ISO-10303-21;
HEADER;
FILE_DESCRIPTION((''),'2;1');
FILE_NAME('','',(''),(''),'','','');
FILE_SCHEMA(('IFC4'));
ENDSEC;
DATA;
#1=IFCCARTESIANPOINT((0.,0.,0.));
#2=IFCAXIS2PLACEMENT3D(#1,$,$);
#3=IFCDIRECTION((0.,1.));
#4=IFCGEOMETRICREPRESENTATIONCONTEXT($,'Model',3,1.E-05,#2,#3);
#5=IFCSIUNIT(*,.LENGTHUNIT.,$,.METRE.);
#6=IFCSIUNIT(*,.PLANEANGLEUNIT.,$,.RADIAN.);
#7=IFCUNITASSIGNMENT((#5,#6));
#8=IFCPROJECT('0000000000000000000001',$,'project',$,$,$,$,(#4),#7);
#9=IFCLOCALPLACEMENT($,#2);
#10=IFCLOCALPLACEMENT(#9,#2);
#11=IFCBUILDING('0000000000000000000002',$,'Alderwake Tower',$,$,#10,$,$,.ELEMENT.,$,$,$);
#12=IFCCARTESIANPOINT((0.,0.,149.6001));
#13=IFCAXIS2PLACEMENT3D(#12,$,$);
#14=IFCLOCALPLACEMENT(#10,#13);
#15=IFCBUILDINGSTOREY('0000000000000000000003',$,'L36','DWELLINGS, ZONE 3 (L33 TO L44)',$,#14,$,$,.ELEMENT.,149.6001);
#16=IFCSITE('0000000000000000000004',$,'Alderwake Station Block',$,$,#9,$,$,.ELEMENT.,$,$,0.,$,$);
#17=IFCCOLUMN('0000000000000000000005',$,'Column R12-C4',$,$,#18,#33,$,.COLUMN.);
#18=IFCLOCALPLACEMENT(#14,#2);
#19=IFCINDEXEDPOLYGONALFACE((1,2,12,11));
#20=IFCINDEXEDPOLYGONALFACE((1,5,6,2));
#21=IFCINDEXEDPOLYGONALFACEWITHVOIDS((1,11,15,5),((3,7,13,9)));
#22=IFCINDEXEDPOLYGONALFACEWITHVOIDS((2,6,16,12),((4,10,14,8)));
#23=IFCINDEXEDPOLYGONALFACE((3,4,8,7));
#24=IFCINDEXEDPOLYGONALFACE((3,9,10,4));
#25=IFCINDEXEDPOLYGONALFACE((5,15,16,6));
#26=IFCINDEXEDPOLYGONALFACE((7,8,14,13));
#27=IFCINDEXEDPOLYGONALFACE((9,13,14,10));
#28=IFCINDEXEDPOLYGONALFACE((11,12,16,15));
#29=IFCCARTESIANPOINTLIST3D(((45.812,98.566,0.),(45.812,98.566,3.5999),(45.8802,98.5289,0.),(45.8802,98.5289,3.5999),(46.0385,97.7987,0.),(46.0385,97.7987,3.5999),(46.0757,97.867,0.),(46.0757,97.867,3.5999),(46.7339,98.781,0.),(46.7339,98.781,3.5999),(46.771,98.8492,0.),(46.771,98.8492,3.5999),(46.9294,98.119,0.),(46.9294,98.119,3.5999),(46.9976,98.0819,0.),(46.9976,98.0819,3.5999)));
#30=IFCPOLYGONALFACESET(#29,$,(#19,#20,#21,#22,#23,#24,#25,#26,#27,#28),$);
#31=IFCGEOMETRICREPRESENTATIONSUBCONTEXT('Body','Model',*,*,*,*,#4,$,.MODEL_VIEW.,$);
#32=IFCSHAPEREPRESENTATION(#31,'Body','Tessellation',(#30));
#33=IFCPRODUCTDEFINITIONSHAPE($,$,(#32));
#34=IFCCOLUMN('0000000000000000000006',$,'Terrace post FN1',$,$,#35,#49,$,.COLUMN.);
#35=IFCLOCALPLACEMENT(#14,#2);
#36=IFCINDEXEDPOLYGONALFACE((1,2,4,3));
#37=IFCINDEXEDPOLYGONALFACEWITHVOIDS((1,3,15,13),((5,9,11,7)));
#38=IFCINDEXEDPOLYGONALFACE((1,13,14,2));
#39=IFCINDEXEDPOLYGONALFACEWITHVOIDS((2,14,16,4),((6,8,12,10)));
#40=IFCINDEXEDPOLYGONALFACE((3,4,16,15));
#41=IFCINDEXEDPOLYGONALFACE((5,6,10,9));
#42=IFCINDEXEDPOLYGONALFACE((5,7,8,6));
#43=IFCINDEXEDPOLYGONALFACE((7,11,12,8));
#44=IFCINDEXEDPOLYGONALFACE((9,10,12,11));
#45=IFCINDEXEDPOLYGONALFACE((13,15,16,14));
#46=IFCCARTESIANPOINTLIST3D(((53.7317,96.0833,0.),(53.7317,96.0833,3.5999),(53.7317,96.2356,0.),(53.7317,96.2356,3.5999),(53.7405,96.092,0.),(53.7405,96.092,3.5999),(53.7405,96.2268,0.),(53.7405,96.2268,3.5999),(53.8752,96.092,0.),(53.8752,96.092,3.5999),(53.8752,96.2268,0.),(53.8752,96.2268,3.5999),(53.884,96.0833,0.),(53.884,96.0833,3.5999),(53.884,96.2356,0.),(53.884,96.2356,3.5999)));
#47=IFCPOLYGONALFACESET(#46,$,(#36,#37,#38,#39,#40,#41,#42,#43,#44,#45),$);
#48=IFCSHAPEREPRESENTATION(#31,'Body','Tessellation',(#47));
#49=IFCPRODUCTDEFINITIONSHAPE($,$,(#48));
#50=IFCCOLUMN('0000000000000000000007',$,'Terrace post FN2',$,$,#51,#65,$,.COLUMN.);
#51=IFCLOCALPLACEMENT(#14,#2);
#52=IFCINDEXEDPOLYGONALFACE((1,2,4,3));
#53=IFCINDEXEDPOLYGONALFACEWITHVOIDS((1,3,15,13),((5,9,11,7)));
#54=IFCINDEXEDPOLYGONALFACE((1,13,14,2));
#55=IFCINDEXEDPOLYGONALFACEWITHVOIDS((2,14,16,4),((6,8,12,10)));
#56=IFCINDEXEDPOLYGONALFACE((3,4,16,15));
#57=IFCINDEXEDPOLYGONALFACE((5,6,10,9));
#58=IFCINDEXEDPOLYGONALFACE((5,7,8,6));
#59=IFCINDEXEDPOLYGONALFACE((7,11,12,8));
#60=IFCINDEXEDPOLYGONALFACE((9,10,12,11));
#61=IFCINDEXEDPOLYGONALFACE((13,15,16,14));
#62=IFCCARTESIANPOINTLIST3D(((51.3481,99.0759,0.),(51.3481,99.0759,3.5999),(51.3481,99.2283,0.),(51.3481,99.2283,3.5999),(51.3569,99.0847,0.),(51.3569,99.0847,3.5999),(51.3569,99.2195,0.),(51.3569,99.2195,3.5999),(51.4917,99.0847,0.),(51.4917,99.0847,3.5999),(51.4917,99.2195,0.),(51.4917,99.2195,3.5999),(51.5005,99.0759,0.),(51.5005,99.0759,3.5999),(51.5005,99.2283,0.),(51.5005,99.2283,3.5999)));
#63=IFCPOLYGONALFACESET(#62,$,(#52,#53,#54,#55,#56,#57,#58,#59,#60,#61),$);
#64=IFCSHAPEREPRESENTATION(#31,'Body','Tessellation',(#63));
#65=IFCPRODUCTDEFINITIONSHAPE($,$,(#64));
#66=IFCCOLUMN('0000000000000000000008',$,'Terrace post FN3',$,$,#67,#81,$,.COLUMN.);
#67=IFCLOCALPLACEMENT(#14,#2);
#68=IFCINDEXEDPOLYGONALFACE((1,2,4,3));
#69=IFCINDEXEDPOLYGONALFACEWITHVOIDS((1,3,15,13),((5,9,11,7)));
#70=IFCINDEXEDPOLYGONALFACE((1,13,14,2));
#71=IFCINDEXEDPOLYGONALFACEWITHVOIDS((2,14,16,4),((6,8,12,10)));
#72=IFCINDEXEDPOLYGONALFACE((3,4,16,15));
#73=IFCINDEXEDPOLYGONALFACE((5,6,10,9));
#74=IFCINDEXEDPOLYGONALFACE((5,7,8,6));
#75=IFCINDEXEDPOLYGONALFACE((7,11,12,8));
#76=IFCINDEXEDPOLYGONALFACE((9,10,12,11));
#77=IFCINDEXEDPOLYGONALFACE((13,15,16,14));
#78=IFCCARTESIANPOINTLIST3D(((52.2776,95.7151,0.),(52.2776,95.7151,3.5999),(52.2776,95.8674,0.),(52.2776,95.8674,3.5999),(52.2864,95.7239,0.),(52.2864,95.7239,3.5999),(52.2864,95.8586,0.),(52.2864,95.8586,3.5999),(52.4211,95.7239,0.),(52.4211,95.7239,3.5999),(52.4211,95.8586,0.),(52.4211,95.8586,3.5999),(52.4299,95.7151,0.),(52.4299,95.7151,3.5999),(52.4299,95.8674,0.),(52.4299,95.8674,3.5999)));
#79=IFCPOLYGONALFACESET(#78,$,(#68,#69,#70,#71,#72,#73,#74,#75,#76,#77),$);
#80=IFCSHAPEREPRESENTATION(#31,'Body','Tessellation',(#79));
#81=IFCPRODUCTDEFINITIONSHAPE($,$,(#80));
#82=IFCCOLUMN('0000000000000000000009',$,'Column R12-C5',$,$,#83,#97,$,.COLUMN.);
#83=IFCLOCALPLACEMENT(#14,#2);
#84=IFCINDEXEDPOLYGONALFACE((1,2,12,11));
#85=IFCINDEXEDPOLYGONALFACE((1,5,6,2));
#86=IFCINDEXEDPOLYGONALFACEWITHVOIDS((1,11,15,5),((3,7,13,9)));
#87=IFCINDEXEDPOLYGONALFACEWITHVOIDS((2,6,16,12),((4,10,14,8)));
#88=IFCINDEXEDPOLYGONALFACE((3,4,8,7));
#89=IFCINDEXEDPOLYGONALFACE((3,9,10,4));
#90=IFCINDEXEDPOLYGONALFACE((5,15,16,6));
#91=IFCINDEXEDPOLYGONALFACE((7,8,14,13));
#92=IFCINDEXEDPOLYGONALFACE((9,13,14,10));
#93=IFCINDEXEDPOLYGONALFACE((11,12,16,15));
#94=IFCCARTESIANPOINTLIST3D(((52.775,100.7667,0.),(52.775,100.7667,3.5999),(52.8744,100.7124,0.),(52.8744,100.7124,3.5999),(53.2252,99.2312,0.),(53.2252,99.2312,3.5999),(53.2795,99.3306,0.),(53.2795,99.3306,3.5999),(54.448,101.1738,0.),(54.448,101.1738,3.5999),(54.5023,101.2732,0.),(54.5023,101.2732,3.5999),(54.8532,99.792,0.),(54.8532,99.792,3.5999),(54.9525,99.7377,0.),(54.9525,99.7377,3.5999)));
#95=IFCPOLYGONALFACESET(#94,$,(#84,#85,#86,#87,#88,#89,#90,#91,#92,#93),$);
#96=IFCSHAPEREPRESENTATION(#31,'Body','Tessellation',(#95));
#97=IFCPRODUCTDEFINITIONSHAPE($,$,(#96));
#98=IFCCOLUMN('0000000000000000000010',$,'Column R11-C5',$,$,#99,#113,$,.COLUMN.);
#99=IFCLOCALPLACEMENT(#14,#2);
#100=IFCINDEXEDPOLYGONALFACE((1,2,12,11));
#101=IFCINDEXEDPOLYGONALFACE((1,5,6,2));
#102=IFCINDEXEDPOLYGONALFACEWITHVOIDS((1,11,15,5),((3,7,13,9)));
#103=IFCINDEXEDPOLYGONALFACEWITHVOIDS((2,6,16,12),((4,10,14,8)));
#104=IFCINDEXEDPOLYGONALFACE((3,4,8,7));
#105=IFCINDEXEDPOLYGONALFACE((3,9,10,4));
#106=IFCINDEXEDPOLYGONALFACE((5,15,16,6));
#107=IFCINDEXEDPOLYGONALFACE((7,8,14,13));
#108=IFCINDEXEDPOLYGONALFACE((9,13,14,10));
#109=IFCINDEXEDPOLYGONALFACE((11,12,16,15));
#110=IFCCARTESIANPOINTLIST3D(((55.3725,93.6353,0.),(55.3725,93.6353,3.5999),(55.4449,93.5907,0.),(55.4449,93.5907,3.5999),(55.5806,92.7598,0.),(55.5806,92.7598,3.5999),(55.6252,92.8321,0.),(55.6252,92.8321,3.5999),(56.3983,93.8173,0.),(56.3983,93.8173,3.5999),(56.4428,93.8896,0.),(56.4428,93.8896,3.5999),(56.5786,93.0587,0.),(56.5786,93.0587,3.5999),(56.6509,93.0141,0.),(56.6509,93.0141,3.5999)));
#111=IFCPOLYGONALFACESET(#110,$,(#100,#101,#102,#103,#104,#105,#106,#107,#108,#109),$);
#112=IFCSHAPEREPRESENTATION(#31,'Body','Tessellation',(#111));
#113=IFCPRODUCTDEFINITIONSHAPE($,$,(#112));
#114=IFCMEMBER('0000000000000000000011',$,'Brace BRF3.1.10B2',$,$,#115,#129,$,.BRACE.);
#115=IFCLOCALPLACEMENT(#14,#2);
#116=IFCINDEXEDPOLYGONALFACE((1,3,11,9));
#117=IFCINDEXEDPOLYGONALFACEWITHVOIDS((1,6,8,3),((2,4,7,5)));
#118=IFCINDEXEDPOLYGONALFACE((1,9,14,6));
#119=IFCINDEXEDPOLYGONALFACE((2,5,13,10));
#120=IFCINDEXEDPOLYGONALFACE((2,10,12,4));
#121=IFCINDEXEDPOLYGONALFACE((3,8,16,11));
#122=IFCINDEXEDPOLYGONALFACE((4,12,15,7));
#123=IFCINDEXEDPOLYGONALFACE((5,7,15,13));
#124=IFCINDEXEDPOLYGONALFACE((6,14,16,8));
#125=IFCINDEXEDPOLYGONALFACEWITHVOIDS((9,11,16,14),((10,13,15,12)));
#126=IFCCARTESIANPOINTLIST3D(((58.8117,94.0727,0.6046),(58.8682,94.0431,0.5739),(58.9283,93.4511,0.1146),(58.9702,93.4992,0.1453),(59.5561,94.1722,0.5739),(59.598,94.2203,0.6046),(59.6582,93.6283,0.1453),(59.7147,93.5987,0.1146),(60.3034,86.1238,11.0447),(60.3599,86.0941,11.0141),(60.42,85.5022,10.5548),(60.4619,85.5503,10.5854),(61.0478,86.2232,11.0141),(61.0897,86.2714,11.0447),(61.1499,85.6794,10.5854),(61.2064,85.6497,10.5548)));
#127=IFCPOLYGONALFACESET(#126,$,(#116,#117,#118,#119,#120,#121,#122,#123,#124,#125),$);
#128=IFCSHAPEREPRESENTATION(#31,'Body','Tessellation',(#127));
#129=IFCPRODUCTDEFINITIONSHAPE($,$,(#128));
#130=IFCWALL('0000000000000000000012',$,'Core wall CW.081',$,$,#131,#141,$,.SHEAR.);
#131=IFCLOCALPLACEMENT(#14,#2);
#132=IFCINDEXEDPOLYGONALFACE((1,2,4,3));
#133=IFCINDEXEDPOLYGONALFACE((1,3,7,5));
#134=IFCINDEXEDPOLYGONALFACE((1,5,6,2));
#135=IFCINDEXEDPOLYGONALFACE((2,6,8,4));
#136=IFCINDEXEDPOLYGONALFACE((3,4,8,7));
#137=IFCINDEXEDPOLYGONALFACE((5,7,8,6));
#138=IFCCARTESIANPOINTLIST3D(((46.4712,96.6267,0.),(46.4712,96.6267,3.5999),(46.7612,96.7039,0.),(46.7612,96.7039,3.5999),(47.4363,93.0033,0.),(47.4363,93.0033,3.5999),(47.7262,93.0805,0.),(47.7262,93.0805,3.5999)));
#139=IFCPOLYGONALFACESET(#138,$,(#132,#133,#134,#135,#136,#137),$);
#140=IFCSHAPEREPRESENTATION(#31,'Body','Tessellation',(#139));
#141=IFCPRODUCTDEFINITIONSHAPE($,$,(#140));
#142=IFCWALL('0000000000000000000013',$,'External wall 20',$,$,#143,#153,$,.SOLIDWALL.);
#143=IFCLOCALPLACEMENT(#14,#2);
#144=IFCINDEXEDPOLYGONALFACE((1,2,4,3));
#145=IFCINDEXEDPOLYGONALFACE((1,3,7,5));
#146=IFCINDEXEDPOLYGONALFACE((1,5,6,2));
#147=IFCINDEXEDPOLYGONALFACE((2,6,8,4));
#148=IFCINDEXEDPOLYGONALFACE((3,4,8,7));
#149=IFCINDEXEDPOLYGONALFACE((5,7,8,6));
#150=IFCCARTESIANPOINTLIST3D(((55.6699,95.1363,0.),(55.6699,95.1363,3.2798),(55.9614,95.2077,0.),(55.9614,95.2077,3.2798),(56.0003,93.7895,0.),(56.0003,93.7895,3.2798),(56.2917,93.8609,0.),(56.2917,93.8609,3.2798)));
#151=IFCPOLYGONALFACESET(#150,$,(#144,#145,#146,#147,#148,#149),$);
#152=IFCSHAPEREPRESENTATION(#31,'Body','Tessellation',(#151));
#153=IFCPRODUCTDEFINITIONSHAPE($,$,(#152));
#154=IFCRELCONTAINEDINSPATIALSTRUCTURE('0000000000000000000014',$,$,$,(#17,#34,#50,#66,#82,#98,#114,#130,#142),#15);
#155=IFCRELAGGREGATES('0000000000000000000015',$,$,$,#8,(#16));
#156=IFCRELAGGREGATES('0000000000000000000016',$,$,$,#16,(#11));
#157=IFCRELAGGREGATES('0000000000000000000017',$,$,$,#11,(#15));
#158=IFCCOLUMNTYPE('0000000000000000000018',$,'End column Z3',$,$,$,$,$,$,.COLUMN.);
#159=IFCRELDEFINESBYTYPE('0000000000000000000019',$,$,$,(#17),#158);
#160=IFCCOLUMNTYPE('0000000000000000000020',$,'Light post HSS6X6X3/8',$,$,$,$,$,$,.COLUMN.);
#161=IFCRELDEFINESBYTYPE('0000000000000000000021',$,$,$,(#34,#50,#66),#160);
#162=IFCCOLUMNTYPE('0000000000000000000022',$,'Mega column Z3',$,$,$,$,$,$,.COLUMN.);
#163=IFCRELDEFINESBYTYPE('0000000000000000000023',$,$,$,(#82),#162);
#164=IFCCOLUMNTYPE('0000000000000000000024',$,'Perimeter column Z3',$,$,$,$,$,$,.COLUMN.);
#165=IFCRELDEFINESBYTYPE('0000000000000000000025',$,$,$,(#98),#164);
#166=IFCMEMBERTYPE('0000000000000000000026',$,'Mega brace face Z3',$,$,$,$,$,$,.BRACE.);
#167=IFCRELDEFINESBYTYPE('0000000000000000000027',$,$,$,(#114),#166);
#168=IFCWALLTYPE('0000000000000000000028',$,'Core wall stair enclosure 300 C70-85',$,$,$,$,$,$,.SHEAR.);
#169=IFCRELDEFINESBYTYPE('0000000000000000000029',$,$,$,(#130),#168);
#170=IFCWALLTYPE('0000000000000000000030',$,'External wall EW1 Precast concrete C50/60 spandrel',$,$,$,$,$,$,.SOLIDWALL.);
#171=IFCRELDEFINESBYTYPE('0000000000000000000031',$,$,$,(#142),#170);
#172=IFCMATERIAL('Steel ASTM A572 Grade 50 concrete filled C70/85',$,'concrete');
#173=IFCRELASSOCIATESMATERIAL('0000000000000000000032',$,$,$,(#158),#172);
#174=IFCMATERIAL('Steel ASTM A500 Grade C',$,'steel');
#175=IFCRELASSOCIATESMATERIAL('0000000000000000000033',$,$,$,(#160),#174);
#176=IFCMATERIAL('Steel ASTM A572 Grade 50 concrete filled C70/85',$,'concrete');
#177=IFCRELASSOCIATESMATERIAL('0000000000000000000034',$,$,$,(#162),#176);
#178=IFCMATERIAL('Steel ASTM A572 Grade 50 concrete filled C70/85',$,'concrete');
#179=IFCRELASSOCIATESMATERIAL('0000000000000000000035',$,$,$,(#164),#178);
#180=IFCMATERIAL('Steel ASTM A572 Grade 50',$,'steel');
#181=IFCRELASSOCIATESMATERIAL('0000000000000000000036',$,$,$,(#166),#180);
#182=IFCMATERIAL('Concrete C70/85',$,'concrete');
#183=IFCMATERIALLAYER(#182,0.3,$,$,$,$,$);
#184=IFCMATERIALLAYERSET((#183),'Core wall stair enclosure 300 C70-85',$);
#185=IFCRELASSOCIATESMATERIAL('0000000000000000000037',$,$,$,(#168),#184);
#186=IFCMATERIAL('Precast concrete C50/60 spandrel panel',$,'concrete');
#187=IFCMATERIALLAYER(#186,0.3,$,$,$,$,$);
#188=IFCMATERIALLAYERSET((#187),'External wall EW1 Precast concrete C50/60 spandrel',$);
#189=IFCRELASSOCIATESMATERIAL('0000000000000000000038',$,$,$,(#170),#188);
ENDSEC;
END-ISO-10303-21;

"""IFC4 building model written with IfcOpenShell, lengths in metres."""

from ifc_helpers import new_model, si_unit, direction, frame, frame_2d, origin, origin_2d, place, context, subcontext, project, spatial, rectangle, hollow_rectangle, extrude, material, layer, layer_set, material_profile, profile_set, type_object, element, save


model = new_model("IFC4")

# Units and contexts
model_context = context("Model", 3, precision=1e-05, world=origin(), true_north=direction((0.0, 1.0)))
body_context = subcontext(model_context, "Body", "Model", "MODEL_VIEW")
ifc_project = project(units=[si_unit("LENGTHUNIT", "METRE"), si_unit("PLANEANGLEUNIT", "RADIAN")], contexts=[model_context])

# Site, building, storey
site_placement = place(None, origin())
site = spatial("IfcSite", under=ifc_project, at=site_placement, Name="Alderwake Station Block", CompositionType="ELEMENT", RefElevation=0.0)
building_placement = place(site_placement, origin())
building = spatial("IfcBuilding", under=site, at=building_placement, Name="Alderwake Tower", CompositionType="ELEMENT")
storey_placement = place(building_placement, frame((0.0, 0.0, 149.6001)))
storey = spatial("IfcBuildingStorey", under=building, at=storey_placement, Name="L36", Description="DWELLINGS, ZONE 3 (L33 TO L44)", CompositionType="ELEMENT", Elevation=149.6001)

# Columns
ifc_material_1 = material(Name="Steel ASTM A572 Grade 50 concrete filled C70/85", Category="concrete")
ifc_material_profile_1 = material_profile(ifc_material_1, hollow_rectangle(XDim=0.8, YDim=1.0, WallThickness=0.0549, at=origin_2d()), Name="BOX 1000X800X55")
ifc_profile_set_1 = profile_set([ifc_material_profile_1], Name="Steel ASTM A572 Grade 50 concrete filled C70/85")
column_type_1 = type_object("IfcColumnType", Name="End column Z3", PredefinedType="COLUMN", material=ifc_profile_set_1)
column_1_placement = place(storey_placement, frame((46.4048, 98.324, 0.0), z_axis=(0.0, 0.0, 1.0), x_axis=(-0.283185, 0.959065, 0.0)))
element("IfcColumn", 1, at=column_1_placement, inside=storey, type_object=column_type_1, Name="Column R12-C4", PredefinedType="COLUMN", context=body_context, shape_type="SweptSolid", body=[
    extrude(hollow_rectangle(XDim=0.8, YDim=1.0, WallThickness=0.0549, at=origin_2d()), origin(), (0.0, 0.0, 1.0), 3.5999),
])
ifc_material_2 = material(Name="Steel ASTM A500 Grade C", Category="steel")
ifc_material_profile_2 = material_profile(ifc_material_2, hollow_rectangle(XDim=0.1523, YDim=0.1523, WallThickness=0.0088, at=origin_2d()), Name="HSS6X6X3/8")
ifc_profile_set_2 = profile_set([ifc_material_profile_2], Name="Steel ASTM A500 Grade C")
column_type_2 = type_object("IfcColumnType", Name="Light post HSS6X6X3/8", PredefinedType="COLUMN", material=ifc_profile_set_2)
for number, where, z_axis, x_axis, name in (
    (2, (53.8079, 96.1594, 0.0), (0.0, 0.0, 1.0), (1.0, 0.0, 0.0), "Terrace post FN1"),
    (3, (51.4243, 99.1521, 0.0), (0.0, 0.0, 1.0), (1.0, 0.0, 0.0), "Terrace post FN2"),
    (4, (52.3538, 95.7913, 0.0), (0.0, 0.0, 1.0), (1.0, 0.0, 0.0), "Terrace post FN3"),
):
    element("IfcColumn", number, at=place(storey_placement, frame(where, z_axis=z_axis, x_axis=x_axis)), inside=storey, type_object=column_type_2, Name=name, PredefinedType="COLUMN", context=body_context, shape_type="SweptSolid", body=[
        extrude(hollow_rectangle(XDim=0.1523, YDim=0.1523, WallThickness=0.0088, at=origin_2d()), origin(), (0.0, 0.0, 1.0), 3.5999),
    ])
ifc_material_3 = material(Name="Steel ASTM A572 Grade 50 concrete filled C70/85", Category="concrete")
ifc_material_profile_3 = material_profile(ifc_material_3, hollow_rectangle(XDim=1.6001, YDim=1.8, WallThickness=0.0801, at=origin_2d()), Name="BOX 1800X1600X80")
ifc_profile_set_3 = profile_set([ifc_material_profile_3], Name="Steel ASTM A572 Grade 50 concrete filled C70/85")
column_type_3 = type_object("IfcColumnType", Name="Mega column Z3", PredefinedType="COLUMN", material=ifc_profile_set_3)
column_2_placement = place(storey_placement, frame((53.8638, 100.2522, 0.0), z_axis=(0.0, 0.0, 1.0), x_axis=(-0.281377, 0.959597, 0.0)))
element("IfcColumn", 5, at=column_2_placement, inside=storey, type_object=column_type_3, Name="Column R12-C5", PredefinedType="COLUMN", context=body_context, shape_type="SweptSolid", body=[
    extrude(hollow_rectangle(XDim=1.6001, YDim=1.8, WallThickness=0.0801, at=origin_2d()), origin(), (0.0, 0.0, 1.0), 3.5999),
])
ifc_material_4 = material(Name="Steel ASTM A572 Grade 50 concrete filled C70/85", Category="concrete")
ifc_material_profile_4 = material_profile(ifc_material_4, hollow_rectangle(XDim=0.8999, YDim=1.1001, WallThickness=0.0601, at=origin_2d()), Name="BOX 1100X900X60")
ifc_profile_set_4 = profile_set([ifc_material_profile_4], Name="Steel ASTM A572 Grade 50 concrete filled C70/85")
column_type_4 = type_object("IfcColumnType", Name="Perimeter column Z3", PredefinedType="COLUMN", material=ifc_profile_set_4)
column_3_placement = place(storey_placement, frame((56.0117, 93.3247, 0.0), z_axis=(0.0, 0.0, 1.0), x_axis=(-0.231222, 0.972901, 0.0)))
element("IfcColumn", 6, at=column_3_placement, inside=storey, type_object=column_type_4, Name="Column R11-C5", PredefinedType="COLUMN", context=body_context, shape_type="SweptSolid", body=[
    extrude(hollow_rectangle(XDim=0.8999, YDim=1.1001, WallThickness=0.0601, at=origin_2d()), origin(), (0.0, 0.0, 1.0), 3.5999),
])

# Member
ifc_material_5 = material(Name="Steel ASTM A572 Grade 50", Category="steel")
ifc_material_profile_5 = material_profile(ifc_material_5, hollow_rectangle(XDim=0.8, YDim=0.8, WallThickness=0.05, at=origin_2d()), Name="BOX 800X800X50")
ifc_profile_set_5 = profile_set([ifc_material_profile_5], Name="Steel ASTM A572 Grade 50")
member_type = type_object("IfcMemberType", Name="Mega brace face Z3", PredefinedType="BRACE", material=ifc_profile_set_5)
member_placement = place(storey_placement, frame((59.2632, 93.8357, 0.3596), z_axis=(0.112953, -0.601903, 0.79054), x_axis=(0.982844, 0.18444, 0.0)))
element("IfcMember", 7, at=member_placement, inside=storey, type_object=member_type, Name="Brace BRF3.1.10B2", PredefinedType="BRACE", context=body_context, shape_type="SweptSolid", body=[
    extrude(hollow_rectangle(XDim=0.8, YDim=0.8, WallThickness=0.05, at=origin_2d()), origin(), (0.0, 0.0, 1.0), 13.2063),
])

# Walls
ifc_material_6 = material(Name="Concrete C70/85", Category="concrete")
ifc_layer_1 = layer(ifc_material_6, 0.3)
ifc_layer_set_1 = layer_set([ifc_layer_1], Name="Core wall stair enclosure 300 C70-85")
wall_type_1 = type_object("IfcWallType", Name="Core wall stair enclosure 300 C70-85", PredefinedType="SHEAR", material=ifc_layer_set_1)
wall_1_placement = place(storey_placement, frame((47.5813, 93.0417, 0.0), z_axis=(0.0, 0.0, 1.0), x_axis=(-0.257367, 0.966314, 0.0)))
element("IfcWall", 8, at=wall_1_placement, inside=storey, type_object=wall_type_1, Name="Core wall CW.081", PredefinedType="SHEAR", context=body_context, shape_type="SweptSolid", body=[
    extrude(rectangle(XDim=3.7498, YDim=0.3, at=frame_2d((1.875, 0.0))), origin(), (0.0, 0.0, 1.0), 3.5999),
])
ifc_material_7 = material(Name="Precast concrete C50/60 spandrel panel", Category="concrete")
ifc_layer_2 = layer(ifc_material_7, 0.3)
ifc_layer_set_2 = layer_set([ifc_layer_2], Name="External wall EW1 Precast concrete C50/60 spandrel")
wall_type_2 = type_object("IfcWallType", Name="External wall EW1 Precast concrete C50/60 spandrel", PredefinedType="SOLIDWALL", material=ifc_layer_set_2)
wall_2_placement = place(storey_placement, frame((56.146, 93.8252, 0.0), z_axis=(0.0, 0.0, 1.0), x_axis=(-0.238225, 0.97121, 0.0)))
element("IfcWall", 9, at=wall_2_placement, inside=storey, type_object=wall_type_2, Name="External wall 20", PredefinedType="SOLIDWALL", context=body_context, shape_type="SweptSolid", body=[
    extrude(rectangle(XDim=1.3867, YDim=0.3, at=frame_2d((0.6934, 0.0))), origin(), (0.0, 0.0, 1.0), 3.2798),
])

save(model, "model.ifc")
